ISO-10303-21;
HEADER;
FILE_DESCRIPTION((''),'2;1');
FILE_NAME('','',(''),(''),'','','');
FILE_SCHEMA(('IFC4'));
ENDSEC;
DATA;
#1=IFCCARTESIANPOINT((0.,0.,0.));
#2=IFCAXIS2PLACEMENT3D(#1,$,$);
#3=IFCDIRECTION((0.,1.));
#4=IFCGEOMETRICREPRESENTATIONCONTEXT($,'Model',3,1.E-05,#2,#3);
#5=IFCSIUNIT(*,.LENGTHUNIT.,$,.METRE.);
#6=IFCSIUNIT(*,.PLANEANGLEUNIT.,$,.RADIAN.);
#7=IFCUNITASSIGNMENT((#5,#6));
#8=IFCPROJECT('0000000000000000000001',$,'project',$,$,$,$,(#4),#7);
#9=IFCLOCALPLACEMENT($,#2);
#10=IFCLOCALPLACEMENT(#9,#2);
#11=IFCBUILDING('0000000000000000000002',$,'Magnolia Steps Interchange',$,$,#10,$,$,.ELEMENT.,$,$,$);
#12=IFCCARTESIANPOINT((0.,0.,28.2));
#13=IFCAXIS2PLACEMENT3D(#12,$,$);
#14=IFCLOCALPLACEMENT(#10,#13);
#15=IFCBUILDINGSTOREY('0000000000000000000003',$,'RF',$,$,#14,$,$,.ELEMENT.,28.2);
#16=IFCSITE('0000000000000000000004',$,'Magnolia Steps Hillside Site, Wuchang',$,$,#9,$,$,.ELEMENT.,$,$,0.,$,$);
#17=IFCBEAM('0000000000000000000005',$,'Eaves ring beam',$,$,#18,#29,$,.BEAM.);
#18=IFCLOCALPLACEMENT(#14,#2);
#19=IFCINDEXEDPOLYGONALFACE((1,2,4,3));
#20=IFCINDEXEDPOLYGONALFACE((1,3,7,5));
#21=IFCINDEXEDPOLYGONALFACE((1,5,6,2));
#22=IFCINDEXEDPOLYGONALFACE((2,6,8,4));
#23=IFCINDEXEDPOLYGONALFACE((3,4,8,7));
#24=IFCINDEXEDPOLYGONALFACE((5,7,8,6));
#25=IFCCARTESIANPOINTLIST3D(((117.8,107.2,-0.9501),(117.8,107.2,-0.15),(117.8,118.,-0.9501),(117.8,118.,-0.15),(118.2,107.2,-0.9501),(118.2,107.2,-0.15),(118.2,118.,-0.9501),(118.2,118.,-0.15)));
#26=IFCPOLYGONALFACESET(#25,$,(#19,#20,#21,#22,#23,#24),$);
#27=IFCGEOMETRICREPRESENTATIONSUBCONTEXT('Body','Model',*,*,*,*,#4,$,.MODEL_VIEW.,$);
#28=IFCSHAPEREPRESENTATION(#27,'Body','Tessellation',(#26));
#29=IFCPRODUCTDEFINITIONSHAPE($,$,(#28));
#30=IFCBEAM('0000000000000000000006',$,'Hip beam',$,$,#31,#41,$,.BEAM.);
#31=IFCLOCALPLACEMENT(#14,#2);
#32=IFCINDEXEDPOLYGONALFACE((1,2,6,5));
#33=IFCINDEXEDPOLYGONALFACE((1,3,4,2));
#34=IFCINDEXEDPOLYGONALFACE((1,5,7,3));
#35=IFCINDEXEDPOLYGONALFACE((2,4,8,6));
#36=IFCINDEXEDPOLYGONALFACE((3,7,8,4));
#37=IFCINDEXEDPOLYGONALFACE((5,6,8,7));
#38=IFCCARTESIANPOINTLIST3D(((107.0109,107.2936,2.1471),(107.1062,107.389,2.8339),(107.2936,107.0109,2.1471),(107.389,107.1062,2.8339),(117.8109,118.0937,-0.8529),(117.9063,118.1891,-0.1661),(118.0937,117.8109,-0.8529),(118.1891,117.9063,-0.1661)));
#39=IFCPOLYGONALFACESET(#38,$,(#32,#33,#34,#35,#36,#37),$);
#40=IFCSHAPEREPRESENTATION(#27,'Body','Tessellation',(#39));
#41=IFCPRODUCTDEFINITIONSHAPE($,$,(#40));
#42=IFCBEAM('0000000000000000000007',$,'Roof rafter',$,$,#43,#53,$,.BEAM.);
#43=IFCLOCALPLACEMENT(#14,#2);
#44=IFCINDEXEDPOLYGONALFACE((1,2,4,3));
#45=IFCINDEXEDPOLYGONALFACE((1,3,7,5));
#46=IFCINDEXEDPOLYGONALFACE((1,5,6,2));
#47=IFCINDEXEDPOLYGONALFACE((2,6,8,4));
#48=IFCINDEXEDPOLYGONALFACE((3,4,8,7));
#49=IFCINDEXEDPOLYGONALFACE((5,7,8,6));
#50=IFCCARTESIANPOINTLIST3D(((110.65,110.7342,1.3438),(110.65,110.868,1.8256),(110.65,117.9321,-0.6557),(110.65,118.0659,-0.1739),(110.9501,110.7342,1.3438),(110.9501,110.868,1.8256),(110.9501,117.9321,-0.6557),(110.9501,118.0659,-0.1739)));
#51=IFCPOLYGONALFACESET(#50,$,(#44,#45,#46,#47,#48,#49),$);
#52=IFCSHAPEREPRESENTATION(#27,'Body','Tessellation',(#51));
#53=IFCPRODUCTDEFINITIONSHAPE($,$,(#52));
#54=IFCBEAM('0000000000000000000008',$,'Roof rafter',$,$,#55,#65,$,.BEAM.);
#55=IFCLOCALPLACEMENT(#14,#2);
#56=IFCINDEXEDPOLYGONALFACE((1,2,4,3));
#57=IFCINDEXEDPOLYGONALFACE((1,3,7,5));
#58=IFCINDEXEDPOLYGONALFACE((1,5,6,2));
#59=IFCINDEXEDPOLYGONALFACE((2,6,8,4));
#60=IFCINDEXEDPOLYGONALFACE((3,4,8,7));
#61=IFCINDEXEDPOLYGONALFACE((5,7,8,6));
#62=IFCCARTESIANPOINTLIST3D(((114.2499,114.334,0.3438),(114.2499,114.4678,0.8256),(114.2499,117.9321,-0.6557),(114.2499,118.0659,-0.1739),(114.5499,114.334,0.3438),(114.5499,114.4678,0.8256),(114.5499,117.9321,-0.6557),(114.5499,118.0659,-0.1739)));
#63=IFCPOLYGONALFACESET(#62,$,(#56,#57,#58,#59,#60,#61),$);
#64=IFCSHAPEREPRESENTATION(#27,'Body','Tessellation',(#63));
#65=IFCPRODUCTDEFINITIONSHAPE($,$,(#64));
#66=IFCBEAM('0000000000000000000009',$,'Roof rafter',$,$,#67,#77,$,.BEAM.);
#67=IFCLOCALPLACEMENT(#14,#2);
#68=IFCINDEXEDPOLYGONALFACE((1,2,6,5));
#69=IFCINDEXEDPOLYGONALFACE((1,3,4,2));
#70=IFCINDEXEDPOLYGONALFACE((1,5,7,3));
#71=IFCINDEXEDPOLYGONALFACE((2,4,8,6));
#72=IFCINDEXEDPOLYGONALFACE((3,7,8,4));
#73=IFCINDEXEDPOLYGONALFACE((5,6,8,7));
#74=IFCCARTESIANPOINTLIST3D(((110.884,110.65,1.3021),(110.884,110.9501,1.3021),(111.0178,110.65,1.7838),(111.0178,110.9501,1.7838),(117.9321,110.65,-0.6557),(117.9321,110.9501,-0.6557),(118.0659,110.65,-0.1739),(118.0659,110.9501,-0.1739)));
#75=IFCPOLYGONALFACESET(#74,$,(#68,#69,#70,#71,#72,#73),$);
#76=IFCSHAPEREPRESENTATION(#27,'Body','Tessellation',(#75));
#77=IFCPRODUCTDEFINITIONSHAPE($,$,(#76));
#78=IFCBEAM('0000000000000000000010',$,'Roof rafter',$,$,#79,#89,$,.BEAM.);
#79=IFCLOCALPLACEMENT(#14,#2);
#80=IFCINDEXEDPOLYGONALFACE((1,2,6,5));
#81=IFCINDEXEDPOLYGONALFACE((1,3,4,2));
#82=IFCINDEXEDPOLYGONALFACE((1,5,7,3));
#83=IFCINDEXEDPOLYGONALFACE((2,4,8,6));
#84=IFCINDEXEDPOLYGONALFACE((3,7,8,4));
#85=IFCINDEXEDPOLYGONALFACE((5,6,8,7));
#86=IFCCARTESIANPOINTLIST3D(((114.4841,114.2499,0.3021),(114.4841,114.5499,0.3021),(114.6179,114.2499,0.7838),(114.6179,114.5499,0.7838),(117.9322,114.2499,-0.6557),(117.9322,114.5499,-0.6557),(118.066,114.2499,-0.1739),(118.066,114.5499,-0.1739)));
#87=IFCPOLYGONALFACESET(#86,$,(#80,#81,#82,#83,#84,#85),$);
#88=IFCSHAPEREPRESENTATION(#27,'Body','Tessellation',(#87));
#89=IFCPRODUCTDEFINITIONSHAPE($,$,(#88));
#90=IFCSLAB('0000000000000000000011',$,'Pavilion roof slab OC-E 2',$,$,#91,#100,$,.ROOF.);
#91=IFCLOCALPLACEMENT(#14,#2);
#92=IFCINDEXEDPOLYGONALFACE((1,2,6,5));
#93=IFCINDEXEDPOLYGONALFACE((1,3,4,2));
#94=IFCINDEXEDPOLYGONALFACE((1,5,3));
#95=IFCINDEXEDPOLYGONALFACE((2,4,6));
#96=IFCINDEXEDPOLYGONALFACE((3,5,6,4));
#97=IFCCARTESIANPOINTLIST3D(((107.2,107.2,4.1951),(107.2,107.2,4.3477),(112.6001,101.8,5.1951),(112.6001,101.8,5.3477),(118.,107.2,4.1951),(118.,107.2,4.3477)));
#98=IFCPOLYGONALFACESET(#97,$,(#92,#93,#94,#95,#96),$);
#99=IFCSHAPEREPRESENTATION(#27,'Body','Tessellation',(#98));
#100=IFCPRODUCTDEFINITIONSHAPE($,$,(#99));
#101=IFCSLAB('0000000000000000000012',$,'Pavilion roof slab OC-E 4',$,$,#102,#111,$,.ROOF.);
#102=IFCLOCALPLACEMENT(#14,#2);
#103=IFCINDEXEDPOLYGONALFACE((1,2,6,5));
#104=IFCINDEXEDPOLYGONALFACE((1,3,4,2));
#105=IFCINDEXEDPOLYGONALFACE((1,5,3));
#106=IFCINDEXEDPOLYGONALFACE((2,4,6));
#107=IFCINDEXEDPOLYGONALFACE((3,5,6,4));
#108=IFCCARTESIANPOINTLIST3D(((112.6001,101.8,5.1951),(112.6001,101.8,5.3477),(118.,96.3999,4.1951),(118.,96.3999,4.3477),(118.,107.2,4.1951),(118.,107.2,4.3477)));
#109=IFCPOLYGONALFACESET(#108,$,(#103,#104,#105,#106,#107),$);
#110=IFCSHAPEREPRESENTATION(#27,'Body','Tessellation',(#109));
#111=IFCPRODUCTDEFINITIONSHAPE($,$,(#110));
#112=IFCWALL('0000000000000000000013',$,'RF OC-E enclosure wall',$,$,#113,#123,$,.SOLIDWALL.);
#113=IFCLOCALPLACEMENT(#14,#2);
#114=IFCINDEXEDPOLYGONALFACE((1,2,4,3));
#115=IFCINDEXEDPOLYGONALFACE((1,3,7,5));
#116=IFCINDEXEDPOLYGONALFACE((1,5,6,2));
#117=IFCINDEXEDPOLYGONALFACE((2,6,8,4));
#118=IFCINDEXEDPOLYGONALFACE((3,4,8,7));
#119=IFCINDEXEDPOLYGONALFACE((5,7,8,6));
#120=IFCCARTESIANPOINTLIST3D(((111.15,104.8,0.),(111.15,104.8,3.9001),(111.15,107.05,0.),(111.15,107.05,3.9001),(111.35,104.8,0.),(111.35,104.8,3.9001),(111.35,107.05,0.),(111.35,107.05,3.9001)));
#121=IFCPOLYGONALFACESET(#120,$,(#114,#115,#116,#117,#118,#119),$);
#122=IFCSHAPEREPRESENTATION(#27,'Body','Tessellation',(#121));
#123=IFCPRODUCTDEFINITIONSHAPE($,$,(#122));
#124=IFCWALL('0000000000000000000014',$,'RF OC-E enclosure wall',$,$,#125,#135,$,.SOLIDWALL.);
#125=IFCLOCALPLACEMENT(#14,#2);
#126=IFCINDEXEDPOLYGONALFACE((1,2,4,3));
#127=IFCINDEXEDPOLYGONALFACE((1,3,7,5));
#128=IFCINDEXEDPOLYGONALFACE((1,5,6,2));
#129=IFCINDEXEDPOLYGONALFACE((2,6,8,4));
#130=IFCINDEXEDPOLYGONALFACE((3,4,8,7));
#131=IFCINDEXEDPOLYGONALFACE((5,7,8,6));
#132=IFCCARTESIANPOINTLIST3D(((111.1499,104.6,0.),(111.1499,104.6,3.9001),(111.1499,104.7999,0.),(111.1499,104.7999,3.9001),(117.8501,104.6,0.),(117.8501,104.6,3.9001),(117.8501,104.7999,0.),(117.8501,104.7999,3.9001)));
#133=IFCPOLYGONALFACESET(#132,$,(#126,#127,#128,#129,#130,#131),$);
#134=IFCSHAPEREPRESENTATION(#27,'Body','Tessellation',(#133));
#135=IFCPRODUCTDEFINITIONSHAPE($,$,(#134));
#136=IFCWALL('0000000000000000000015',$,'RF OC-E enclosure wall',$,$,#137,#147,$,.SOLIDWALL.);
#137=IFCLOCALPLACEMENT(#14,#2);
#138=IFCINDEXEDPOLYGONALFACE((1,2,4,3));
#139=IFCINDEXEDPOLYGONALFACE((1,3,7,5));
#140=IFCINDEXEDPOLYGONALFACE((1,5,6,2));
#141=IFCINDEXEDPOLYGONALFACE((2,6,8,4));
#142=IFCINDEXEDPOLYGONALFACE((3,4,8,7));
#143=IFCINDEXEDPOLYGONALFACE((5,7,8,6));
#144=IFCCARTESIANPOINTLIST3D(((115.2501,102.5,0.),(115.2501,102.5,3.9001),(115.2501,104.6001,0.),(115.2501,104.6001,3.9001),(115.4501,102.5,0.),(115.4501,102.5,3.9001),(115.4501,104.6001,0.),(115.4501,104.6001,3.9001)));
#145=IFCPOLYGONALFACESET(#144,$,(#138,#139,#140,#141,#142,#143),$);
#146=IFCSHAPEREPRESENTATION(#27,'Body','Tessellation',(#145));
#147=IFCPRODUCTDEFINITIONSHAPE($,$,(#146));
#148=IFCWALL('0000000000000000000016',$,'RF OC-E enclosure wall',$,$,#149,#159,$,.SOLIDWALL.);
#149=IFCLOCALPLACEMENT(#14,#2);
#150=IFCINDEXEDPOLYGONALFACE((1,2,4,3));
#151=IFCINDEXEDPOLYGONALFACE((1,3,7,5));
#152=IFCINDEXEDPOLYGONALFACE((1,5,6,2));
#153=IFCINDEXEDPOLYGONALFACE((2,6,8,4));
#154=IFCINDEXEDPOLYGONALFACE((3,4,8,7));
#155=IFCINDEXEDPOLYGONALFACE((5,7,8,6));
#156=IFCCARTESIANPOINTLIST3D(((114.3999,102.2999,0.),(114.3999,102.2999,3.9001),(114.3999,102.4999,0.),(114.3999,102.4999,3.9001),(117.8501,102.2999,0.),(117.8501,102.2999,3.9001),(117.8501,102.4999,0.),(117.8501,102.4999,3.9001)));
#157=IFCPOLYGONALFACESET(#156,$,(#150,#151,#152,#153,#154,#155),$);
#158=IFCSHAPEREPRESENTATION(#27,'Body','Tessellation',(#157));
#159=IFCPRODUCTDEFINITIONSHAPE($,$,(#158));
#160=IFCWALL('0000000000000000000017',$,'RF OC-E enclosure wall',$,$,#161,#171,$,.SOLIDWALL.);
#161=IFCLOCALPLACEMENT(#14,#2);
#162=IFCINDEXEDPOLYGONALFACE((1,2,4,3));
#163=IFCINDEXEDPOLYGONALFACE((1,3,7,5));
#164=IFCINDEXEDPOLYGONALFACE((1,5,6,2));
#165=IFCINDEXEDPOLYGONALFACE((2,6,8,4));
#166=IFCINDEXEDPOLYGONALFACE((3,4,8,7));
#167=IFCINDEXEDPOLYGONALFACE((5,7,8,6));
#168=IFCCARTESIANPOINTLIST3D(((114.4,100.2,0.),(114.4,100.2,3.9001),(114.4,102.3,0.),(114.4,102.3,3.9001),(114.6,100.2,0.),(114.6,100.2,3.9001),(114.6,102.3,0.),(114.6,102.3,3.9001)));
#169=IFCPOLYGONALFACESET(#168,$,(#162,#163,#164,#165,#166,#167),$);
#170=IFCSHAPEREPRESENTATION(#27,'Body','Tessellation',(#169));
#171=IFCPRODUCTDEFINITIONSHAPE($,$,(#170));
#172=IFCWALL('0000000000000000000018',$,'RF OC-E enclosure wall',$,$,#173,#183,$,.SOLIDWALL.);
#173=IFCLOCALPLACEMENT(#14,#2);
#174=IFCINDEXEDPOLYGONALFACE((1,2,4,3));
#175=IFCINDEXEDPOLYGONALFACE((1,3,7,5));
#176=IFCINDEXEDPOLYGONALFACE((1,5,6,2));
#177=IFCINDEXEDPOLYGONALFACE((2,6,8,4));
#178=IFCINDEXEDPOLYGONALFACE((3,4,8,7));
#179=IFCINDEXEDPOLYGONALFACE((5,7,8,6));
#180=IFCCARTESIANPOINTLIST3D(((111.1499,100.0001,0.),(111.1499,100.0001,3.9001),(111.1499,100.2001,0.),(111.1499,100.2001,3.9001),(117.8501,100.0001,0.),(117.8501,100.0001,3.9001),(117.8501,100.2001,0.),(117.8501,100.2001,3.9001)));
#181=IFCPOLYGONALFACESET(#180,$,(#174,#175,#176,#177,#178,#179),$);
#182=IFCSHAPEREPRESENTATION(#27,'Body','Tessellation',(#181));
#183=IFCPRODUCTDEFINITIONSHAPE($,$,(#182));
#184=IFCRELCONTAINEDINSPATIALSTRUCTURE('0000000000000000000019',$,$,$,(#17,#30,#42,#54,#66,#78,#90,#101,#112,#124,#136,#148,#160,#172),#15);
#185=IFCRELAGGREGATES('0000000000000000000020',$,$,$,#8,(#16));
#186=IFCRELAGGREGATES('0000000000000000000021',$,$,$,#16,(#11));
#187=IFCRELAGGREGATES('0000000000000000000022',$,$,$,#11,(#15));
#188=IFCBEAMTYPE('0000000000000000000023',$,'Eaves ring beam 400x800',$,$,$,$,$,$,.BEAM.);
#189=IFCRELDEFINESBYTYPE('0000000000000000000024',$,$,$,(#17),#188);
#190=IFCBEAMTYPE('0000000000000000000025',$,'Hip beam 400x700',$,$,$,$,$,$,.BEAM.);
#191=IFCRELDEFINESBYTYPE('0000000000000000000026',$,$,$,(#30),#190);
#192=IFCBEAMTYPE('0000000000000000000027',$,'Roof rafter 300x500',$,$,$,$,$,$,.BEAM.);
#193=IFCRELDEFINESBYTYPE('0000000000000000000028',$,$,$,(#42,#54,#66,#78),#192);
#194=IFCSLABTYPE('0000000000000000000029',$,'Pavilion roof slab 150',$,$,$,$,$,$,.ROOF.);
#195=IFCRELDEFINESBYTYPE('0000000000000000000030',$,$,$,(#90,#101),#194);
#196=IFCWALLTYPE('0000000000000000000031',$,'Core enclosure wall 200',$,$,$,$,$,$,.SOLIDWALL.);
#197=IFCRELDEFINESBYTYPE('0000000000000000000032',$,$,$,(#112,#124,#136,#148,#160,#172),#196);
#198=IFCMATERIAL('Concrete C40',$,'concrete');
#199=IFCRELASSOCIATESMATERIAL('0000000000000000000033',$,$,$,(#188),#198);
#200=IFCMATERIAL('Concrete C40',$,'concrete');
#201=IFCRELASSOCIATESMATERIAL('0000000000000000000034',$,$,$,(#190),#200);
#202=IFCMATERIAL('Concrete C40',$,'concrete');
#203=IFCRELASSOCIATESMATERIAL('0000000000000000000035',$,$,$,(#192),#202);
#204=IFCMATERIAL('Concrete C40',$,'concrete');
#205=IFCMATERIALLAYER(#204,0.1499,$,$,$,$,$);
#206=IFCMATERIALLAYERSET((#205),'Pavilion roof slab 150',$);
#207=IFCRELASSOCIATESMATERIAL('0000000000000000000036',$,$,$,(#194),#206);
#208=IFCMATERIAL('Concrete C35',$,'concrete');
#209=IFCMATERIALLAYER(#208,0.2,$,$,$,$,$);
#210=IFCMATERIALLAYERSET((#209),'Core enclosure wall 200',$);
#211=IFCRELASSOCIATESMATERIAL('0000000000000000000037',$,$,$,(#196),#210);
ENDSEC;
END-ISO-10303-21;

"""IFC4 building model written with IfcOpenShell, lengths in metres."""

from ifc_helpers import new_model, si_unit, direction, frame, frame_2d, origin, origin_2d, place, context, subcontext, project, spatial, polyline, rectangle, outline, extrude, material, layer, layer_set, material_profile, profile_set, type_object, element, save


model = new_model("IFC4")

# Units and contexts
model_context = context("Model", 3, precision=1e-05, world=origin(), true_north=direction((0.0, 1.0)))
body_context = subcontext(model_context, "Body", "Model", "MODEL_VIEW")
ifc_project = project(units=[si_unit("LENGTHUNIT", "METRE"), si_unit("PLANEANGLEUNIT", "RADIAN")], contexts=[model_context])

# Site, building, storey
site_placement = place(None, origin())
site = spatial("IfcSite", under=ifc_project, at=site_placement, Name="Magnolia Steps Hillside Site, Wuchang", CompositionType="ELEMENT", RefElevation=0.0)
building_placement = place(site_placement, origin())
building = spatial("IfcBuilding", under=site, at=building_placement, Name="Magnolia Steps Interchange", CompositionType="ELEMENT")
storey_placement = place(building_placement, frame((0.0, 0.0, 28.2)))
storey = spatial("IfcBuildingStorey", under=building, at=storey_placement, Name="RF", CompositionType="ELEMENT", Elevation=28.2)

# Beams
ifc_material_1 = material(Name="Concrete C40", Category="concrete")
ifc_material_profile_1 = material_profile(ifc_material_1, rectangle(XDim=0.3999, YDim=0.8, at=origin_2d()), Name="RC400x800")
ifc_profile_set_1 = profile_set([ifc_material_profile_1], Name="Concrete C40")
beam_type_1 = type_object("IfcBeamType", Name="Eaves ring beam 400x800", PredefinedType="BEAM", material=ifc_profile_set_1)
beam_1_placement = place(storey_placement, frame((118.0, 107.2, -0.55), z_axis=(0.0, 1.0, 0.0), x_axis=(-1.0, 0.0, 0.0)))
element("IfcBeam", 1, at=beam_1_placement, inside=storey, type_object=beam_type_1, Name="Eaves ring beam", PredefinedType="BEAM", context=body_context, shape_type="SweptSolid", body=[
    extrude(rectangle(XDim=0.3999, YDim=0.8, at=origin_2d()), origin(), (0.0, 0.0, 1.0), 10.8),
])
ifc_material_2 = material(Name="Concrete C40", Category="concrete")
ifc_material_profile_2 = material_profile(ifc_material_2, rectangle(XDim=0.3999, YDim=0.7, at=origin_2d()), Name="RC400x700")
ifc_profile_set_2 = profile_set([ifc_material_profile_2], Name="Concrete C40")
beam_type_2 = type_object("IfcBeamType", Name="Hip beam 400x700", PredefinedType="BEAM", material=ifc_profile_set_2)
beam_2_placement = place(storey_placement, frame((118.0, 118.0, -0.5095), z_axis=(-0.693849, -0.693849, 0.192735), x_axis=(0.707107, -0.707107, 0.0)))
element("IfcBeam", 2, at=beam_2_placement, inside=storey, type_object=beam_type_2, Name="Hip beam", PredefinedType="BEAM", context=body_context, shape_type="SweptSolid", body=[
    extrude(rectangle(XDim=0.3999, YDim=0.7, at=origin_2d()), origin(), (0.0, 0.0, 1.0), 15.5654),
])
ifc_material_3 = material(Name="Concrete C40", Category="concrete")
ifc_material_profile_3 = material_profile(ifc_material_3, rectangle(XDim=0.3, YDim=0.5, at=origin_2d()), Name="RC300x500")
ifc_profile_set_3 = profile_set([ifc_material_profile_3], Name="Concrete C40")
beam_type_3 = type_object("IfcBeamType", Name="Roof rafter 300x500", PredefinedType="BEAM", material=ifc_profile_set_3)
beam_3_placement = place(storey_placement, frame((110.8, 117.999, -0.4148), z_axis=(0.0, -0.963516, 0.267652), x_axis=(1.0, 0.0, 0.0)))
element("IfcBeam", 3, at=beam_3_placement, inside=storey, type_object=beam_type_3, Name="Roof rafter", PredefinedType="BEAM", context=body_context, shape_type="SweptSolid", body=[
    extrude(rectangle(XDim=0.3, YDim=0.5, at=origin_2d()), origin(), (0.0, 0.0, 1.0), 7.4705),
])
beam_4_placement = place(storey_placement, frame((114.3999, 117.999, -0.4148), z_axis=(0.0, -0.963516, 0.267651), x_axis=(1.0, 0.0, 0.0)))
element("IfcBeam", 4, at=beam_4_placement, inside=storey, type_object=beam_type_3, Name="Roof rafter", PredefinedType="BEAM", context=body_context, shape_type="SweptSolid", body=[
    extrude(rectangle(XDim=0.3, YDim=0.5, at=origin_2d()), origin(), (0.0, 0.0, 1.0), 3.7344),
])
beam_5_placement = place(storey_placement, frame((110.9509, 110.8, 1.543), z_axis=(0.963519, 0.0, -0.267639), x_axis=(0.0, 1.0, 0.0)))
element("IfcBeam", 5, at=beam_5_placement, inside=storey, type_object=beam_type_3, Name="Roof rafter", PredefinedType="BEAM", context=body_context, shape_type="SweptSolid", body=[
    extrude(rectangle(XDim=0.3, YDim=0.5, at=origin_2d()), origin(), (0.0, 0.0, 1.0), 7.3149),
])
beam_6_placement = place(storey_placement, frame((114.551, 114.3999, 0.543), z_axis=(0.963519, 0.0, -0.26764), x_axis=(0.0, 1.0, 0.0)))
element("IfcBeam", 6, at=beam_6_placement, inside=storey, type_object=beam_type_3, Name="Roof rafter", PredefinedType="BEAM", context=body_context, shape_type="SweptSolid", body=[
    extrude(rectangle(XDim=0.3, YDim=0.5, at=origin_2d()), origin(), (0.0, 0.0, 1.0), 3.5786),
])

# Slabs
ifc_material_4 = material(Name="Concrete C40", Category="concrete")
ifc_layer_1 = layer(ifc_material_4, 0.1499)
ifc_layer_set_1 = layer_set([ifc_layer_1], Name="Pavilion roof slab 150")
slab_type = type_object("IfcSlabType", Name="Pavilion roof slab 150", PredefinedType="ROOF", material=ifc_layer_set_1)
slab_1_placement = place(storey_placement, frame((118.0, 107.2, 4.3477), z_axis=(0.0, 0.182092, 0.983281), x_axis=(-1.0, 0.0, 0.0)))
element("IfcSlab", 7, at=slab_1_placement, inside=storey, type_object=slab_type, Name="Pavilion roof slab OC-E 2", PredefinedType="ROOF", context=body_context, shape_type="SweptSolid", body=[
    extrude(outline(polyline([(0.0, 0.0), (10.8, 0.0), (5.3999, 5.4917), (0.0, 0.0)])), origin(), (0.0, -0.182092, -0.983281), 0.1526),
])
slab_2_placement = place(storey_placement, frame((118.0, 96.3999, 4.3477), z_axis=(0.182092, 0.0, 0.983281), x_axis=(0.0, 1.0, 0.0)))
element("IfcSlab", 8, at=slab_2_placement, inside=storey, type_object=slab_type, Name="Pavilion roof slab OC-E 4", PredefinedType="ROOF", context=body_context, shape_type="SweptSolid", body=[
    extrude(outline(polyline([(0.0, 0.0), (10.8, 0.0), (5.4001, 5.4917), (0.0, 0.0)])), origin(), (0.0, -0.182092, -0.983281), 0.1526),
])

# Walls
ifc_material_5 = material(Name="Concrete C35", Category="concrete")
ifc_layer_2 = layer(ifc_material_5, 0.2)
ifc_layer_set_2 = layer_set([ifc_layer_2], Name="Core enclosure wall 200")
wall_type_1 = type_object("IfcWallType", Name="Core enclosure wall 200", PredefinedType="SOLIDWALL", material=ifc_layer_set_2)
wall_1_placement = place(storey_placement, frame((111.25, 107.05, 0.0), z_axis=(0.0, 0.0, 1.0), x_axis=(0.0, -1.0, 0.0)))
element("IfcWall", 9, at=wall_1_placement, inside=storey, type_object=wall_type_1, Name="RF OC-E enclosure wall", PredefinedType="SOLIDWALL", context=body_context, shape_type="SweptSolid", body=[
    extrude(rectangle(XDim=2.25, YDim=0.2, at=frame_2d((1.125, 0.0))), origin(), (0.0, 0.0, 1.0), 3.9001),
])
wall_2_placement = place(storey_placement, frame((111.1499, 104.7, 0.0), z_axis=(0.0, 0.0, 1.0), x_axis=(1.0, 0.0, 0.0)))
element("IfcWall", 10, at=wall_2_placement, inside=storey, type_object=wall_type_1, Name="RF OC-E enclosure wall", PredefinedType="SOLIDWALL", context=body_context, shape_type="SweptSolid", body=[
    extrude(rectangle(XDim=6.7002, YDim=0.2, at=frame_2d((3.3501, 0.0))), origin(), (0.0, 0.0, 1.0), 3.9001),
])
wall_3_placement = place(storey_placement, frame((115.3501, 104.6001, 0.0), z_axis=(0.0, 0.0, 1.0), x_axis=(0.0, -1.0, 0.0)))
element("IfcWall", 11, at=wall_3_placement, inside=storey, type_object=wall_type_1, Name="RF OC-E enclosure wall", PredefinedType="SOLIDWALL", context=body_context, shape_type="SweptSolid", body=[
    extrude(rectangle(XDim=2.1001, YDim=0.2, at=frame_2d((1.05, 0.0))), origin(), (0.0, 0.0, 1.0), 3.9001),
])
wall_4_placement = place(storey_placement, frame((114.3999, 102.3999, 0.0), z_axis=(0.0, 0.0, 1.0), x_axis=(1.0, 0.0, 0.0)))
element("IfcWall", 12, at=wall_4_placement, inside=storey, type_object=wall_type_1, Name="RF OC-E enclosure wall", PredefinedType="SOLIDWALL", context=body_context, shape_type="SweptSolid", body=[
    extrude(rectangle(XDim=3.4502, YDim=0.2, at=frame_2d((1.7251, 0.0))), origin(), (0.0, 0.0, 1.0), 3.9001),
])
wall_5_placement = place(storey_placement, frame((114.5, 102.3, 0.0), z_axis=(0.0, 0.0, 1.0), x_axis=(0.0, -1.0, 0.0)))
element("IfcWall", 13, at=wall_5_placement, inside=storey, type_object=wall_type_1, Name="RF OC-E enclosure wall", PredefinedType="SOLIDWALL", context=body_context, shape_type="SweptSolid", body=[
    extrude(rectangle(XDim=2.1001, YDim=0.2, at=frame_2d((1.05, 0.0))), origin(), (0.0, 0.0, 1.0), 3.9001),
])
wall_6_placement = place(storey_placement, frame((111.1499, 100.1001, 0.0), z_axis=(0.0, 0.0, 1.0), x_axis=(1.0, 0.0, 0.0)))
element("IfcWall", 14, at=wall_6_placement, inside=storey, type_object=wall_type_1, Name="RF OC-E enclosure wall", PredefinedType="SOLIDWALL", context=body_context, shape_type="SweptSolid", body=[
    extrude(rectangle(XDim=6.7002, YDim=0.2, at=frame_2d((3.3501, 0.0))), origin(), (0.0, 0.0, 1.0), 3.9001),
])

save(model, "model.ifc")
